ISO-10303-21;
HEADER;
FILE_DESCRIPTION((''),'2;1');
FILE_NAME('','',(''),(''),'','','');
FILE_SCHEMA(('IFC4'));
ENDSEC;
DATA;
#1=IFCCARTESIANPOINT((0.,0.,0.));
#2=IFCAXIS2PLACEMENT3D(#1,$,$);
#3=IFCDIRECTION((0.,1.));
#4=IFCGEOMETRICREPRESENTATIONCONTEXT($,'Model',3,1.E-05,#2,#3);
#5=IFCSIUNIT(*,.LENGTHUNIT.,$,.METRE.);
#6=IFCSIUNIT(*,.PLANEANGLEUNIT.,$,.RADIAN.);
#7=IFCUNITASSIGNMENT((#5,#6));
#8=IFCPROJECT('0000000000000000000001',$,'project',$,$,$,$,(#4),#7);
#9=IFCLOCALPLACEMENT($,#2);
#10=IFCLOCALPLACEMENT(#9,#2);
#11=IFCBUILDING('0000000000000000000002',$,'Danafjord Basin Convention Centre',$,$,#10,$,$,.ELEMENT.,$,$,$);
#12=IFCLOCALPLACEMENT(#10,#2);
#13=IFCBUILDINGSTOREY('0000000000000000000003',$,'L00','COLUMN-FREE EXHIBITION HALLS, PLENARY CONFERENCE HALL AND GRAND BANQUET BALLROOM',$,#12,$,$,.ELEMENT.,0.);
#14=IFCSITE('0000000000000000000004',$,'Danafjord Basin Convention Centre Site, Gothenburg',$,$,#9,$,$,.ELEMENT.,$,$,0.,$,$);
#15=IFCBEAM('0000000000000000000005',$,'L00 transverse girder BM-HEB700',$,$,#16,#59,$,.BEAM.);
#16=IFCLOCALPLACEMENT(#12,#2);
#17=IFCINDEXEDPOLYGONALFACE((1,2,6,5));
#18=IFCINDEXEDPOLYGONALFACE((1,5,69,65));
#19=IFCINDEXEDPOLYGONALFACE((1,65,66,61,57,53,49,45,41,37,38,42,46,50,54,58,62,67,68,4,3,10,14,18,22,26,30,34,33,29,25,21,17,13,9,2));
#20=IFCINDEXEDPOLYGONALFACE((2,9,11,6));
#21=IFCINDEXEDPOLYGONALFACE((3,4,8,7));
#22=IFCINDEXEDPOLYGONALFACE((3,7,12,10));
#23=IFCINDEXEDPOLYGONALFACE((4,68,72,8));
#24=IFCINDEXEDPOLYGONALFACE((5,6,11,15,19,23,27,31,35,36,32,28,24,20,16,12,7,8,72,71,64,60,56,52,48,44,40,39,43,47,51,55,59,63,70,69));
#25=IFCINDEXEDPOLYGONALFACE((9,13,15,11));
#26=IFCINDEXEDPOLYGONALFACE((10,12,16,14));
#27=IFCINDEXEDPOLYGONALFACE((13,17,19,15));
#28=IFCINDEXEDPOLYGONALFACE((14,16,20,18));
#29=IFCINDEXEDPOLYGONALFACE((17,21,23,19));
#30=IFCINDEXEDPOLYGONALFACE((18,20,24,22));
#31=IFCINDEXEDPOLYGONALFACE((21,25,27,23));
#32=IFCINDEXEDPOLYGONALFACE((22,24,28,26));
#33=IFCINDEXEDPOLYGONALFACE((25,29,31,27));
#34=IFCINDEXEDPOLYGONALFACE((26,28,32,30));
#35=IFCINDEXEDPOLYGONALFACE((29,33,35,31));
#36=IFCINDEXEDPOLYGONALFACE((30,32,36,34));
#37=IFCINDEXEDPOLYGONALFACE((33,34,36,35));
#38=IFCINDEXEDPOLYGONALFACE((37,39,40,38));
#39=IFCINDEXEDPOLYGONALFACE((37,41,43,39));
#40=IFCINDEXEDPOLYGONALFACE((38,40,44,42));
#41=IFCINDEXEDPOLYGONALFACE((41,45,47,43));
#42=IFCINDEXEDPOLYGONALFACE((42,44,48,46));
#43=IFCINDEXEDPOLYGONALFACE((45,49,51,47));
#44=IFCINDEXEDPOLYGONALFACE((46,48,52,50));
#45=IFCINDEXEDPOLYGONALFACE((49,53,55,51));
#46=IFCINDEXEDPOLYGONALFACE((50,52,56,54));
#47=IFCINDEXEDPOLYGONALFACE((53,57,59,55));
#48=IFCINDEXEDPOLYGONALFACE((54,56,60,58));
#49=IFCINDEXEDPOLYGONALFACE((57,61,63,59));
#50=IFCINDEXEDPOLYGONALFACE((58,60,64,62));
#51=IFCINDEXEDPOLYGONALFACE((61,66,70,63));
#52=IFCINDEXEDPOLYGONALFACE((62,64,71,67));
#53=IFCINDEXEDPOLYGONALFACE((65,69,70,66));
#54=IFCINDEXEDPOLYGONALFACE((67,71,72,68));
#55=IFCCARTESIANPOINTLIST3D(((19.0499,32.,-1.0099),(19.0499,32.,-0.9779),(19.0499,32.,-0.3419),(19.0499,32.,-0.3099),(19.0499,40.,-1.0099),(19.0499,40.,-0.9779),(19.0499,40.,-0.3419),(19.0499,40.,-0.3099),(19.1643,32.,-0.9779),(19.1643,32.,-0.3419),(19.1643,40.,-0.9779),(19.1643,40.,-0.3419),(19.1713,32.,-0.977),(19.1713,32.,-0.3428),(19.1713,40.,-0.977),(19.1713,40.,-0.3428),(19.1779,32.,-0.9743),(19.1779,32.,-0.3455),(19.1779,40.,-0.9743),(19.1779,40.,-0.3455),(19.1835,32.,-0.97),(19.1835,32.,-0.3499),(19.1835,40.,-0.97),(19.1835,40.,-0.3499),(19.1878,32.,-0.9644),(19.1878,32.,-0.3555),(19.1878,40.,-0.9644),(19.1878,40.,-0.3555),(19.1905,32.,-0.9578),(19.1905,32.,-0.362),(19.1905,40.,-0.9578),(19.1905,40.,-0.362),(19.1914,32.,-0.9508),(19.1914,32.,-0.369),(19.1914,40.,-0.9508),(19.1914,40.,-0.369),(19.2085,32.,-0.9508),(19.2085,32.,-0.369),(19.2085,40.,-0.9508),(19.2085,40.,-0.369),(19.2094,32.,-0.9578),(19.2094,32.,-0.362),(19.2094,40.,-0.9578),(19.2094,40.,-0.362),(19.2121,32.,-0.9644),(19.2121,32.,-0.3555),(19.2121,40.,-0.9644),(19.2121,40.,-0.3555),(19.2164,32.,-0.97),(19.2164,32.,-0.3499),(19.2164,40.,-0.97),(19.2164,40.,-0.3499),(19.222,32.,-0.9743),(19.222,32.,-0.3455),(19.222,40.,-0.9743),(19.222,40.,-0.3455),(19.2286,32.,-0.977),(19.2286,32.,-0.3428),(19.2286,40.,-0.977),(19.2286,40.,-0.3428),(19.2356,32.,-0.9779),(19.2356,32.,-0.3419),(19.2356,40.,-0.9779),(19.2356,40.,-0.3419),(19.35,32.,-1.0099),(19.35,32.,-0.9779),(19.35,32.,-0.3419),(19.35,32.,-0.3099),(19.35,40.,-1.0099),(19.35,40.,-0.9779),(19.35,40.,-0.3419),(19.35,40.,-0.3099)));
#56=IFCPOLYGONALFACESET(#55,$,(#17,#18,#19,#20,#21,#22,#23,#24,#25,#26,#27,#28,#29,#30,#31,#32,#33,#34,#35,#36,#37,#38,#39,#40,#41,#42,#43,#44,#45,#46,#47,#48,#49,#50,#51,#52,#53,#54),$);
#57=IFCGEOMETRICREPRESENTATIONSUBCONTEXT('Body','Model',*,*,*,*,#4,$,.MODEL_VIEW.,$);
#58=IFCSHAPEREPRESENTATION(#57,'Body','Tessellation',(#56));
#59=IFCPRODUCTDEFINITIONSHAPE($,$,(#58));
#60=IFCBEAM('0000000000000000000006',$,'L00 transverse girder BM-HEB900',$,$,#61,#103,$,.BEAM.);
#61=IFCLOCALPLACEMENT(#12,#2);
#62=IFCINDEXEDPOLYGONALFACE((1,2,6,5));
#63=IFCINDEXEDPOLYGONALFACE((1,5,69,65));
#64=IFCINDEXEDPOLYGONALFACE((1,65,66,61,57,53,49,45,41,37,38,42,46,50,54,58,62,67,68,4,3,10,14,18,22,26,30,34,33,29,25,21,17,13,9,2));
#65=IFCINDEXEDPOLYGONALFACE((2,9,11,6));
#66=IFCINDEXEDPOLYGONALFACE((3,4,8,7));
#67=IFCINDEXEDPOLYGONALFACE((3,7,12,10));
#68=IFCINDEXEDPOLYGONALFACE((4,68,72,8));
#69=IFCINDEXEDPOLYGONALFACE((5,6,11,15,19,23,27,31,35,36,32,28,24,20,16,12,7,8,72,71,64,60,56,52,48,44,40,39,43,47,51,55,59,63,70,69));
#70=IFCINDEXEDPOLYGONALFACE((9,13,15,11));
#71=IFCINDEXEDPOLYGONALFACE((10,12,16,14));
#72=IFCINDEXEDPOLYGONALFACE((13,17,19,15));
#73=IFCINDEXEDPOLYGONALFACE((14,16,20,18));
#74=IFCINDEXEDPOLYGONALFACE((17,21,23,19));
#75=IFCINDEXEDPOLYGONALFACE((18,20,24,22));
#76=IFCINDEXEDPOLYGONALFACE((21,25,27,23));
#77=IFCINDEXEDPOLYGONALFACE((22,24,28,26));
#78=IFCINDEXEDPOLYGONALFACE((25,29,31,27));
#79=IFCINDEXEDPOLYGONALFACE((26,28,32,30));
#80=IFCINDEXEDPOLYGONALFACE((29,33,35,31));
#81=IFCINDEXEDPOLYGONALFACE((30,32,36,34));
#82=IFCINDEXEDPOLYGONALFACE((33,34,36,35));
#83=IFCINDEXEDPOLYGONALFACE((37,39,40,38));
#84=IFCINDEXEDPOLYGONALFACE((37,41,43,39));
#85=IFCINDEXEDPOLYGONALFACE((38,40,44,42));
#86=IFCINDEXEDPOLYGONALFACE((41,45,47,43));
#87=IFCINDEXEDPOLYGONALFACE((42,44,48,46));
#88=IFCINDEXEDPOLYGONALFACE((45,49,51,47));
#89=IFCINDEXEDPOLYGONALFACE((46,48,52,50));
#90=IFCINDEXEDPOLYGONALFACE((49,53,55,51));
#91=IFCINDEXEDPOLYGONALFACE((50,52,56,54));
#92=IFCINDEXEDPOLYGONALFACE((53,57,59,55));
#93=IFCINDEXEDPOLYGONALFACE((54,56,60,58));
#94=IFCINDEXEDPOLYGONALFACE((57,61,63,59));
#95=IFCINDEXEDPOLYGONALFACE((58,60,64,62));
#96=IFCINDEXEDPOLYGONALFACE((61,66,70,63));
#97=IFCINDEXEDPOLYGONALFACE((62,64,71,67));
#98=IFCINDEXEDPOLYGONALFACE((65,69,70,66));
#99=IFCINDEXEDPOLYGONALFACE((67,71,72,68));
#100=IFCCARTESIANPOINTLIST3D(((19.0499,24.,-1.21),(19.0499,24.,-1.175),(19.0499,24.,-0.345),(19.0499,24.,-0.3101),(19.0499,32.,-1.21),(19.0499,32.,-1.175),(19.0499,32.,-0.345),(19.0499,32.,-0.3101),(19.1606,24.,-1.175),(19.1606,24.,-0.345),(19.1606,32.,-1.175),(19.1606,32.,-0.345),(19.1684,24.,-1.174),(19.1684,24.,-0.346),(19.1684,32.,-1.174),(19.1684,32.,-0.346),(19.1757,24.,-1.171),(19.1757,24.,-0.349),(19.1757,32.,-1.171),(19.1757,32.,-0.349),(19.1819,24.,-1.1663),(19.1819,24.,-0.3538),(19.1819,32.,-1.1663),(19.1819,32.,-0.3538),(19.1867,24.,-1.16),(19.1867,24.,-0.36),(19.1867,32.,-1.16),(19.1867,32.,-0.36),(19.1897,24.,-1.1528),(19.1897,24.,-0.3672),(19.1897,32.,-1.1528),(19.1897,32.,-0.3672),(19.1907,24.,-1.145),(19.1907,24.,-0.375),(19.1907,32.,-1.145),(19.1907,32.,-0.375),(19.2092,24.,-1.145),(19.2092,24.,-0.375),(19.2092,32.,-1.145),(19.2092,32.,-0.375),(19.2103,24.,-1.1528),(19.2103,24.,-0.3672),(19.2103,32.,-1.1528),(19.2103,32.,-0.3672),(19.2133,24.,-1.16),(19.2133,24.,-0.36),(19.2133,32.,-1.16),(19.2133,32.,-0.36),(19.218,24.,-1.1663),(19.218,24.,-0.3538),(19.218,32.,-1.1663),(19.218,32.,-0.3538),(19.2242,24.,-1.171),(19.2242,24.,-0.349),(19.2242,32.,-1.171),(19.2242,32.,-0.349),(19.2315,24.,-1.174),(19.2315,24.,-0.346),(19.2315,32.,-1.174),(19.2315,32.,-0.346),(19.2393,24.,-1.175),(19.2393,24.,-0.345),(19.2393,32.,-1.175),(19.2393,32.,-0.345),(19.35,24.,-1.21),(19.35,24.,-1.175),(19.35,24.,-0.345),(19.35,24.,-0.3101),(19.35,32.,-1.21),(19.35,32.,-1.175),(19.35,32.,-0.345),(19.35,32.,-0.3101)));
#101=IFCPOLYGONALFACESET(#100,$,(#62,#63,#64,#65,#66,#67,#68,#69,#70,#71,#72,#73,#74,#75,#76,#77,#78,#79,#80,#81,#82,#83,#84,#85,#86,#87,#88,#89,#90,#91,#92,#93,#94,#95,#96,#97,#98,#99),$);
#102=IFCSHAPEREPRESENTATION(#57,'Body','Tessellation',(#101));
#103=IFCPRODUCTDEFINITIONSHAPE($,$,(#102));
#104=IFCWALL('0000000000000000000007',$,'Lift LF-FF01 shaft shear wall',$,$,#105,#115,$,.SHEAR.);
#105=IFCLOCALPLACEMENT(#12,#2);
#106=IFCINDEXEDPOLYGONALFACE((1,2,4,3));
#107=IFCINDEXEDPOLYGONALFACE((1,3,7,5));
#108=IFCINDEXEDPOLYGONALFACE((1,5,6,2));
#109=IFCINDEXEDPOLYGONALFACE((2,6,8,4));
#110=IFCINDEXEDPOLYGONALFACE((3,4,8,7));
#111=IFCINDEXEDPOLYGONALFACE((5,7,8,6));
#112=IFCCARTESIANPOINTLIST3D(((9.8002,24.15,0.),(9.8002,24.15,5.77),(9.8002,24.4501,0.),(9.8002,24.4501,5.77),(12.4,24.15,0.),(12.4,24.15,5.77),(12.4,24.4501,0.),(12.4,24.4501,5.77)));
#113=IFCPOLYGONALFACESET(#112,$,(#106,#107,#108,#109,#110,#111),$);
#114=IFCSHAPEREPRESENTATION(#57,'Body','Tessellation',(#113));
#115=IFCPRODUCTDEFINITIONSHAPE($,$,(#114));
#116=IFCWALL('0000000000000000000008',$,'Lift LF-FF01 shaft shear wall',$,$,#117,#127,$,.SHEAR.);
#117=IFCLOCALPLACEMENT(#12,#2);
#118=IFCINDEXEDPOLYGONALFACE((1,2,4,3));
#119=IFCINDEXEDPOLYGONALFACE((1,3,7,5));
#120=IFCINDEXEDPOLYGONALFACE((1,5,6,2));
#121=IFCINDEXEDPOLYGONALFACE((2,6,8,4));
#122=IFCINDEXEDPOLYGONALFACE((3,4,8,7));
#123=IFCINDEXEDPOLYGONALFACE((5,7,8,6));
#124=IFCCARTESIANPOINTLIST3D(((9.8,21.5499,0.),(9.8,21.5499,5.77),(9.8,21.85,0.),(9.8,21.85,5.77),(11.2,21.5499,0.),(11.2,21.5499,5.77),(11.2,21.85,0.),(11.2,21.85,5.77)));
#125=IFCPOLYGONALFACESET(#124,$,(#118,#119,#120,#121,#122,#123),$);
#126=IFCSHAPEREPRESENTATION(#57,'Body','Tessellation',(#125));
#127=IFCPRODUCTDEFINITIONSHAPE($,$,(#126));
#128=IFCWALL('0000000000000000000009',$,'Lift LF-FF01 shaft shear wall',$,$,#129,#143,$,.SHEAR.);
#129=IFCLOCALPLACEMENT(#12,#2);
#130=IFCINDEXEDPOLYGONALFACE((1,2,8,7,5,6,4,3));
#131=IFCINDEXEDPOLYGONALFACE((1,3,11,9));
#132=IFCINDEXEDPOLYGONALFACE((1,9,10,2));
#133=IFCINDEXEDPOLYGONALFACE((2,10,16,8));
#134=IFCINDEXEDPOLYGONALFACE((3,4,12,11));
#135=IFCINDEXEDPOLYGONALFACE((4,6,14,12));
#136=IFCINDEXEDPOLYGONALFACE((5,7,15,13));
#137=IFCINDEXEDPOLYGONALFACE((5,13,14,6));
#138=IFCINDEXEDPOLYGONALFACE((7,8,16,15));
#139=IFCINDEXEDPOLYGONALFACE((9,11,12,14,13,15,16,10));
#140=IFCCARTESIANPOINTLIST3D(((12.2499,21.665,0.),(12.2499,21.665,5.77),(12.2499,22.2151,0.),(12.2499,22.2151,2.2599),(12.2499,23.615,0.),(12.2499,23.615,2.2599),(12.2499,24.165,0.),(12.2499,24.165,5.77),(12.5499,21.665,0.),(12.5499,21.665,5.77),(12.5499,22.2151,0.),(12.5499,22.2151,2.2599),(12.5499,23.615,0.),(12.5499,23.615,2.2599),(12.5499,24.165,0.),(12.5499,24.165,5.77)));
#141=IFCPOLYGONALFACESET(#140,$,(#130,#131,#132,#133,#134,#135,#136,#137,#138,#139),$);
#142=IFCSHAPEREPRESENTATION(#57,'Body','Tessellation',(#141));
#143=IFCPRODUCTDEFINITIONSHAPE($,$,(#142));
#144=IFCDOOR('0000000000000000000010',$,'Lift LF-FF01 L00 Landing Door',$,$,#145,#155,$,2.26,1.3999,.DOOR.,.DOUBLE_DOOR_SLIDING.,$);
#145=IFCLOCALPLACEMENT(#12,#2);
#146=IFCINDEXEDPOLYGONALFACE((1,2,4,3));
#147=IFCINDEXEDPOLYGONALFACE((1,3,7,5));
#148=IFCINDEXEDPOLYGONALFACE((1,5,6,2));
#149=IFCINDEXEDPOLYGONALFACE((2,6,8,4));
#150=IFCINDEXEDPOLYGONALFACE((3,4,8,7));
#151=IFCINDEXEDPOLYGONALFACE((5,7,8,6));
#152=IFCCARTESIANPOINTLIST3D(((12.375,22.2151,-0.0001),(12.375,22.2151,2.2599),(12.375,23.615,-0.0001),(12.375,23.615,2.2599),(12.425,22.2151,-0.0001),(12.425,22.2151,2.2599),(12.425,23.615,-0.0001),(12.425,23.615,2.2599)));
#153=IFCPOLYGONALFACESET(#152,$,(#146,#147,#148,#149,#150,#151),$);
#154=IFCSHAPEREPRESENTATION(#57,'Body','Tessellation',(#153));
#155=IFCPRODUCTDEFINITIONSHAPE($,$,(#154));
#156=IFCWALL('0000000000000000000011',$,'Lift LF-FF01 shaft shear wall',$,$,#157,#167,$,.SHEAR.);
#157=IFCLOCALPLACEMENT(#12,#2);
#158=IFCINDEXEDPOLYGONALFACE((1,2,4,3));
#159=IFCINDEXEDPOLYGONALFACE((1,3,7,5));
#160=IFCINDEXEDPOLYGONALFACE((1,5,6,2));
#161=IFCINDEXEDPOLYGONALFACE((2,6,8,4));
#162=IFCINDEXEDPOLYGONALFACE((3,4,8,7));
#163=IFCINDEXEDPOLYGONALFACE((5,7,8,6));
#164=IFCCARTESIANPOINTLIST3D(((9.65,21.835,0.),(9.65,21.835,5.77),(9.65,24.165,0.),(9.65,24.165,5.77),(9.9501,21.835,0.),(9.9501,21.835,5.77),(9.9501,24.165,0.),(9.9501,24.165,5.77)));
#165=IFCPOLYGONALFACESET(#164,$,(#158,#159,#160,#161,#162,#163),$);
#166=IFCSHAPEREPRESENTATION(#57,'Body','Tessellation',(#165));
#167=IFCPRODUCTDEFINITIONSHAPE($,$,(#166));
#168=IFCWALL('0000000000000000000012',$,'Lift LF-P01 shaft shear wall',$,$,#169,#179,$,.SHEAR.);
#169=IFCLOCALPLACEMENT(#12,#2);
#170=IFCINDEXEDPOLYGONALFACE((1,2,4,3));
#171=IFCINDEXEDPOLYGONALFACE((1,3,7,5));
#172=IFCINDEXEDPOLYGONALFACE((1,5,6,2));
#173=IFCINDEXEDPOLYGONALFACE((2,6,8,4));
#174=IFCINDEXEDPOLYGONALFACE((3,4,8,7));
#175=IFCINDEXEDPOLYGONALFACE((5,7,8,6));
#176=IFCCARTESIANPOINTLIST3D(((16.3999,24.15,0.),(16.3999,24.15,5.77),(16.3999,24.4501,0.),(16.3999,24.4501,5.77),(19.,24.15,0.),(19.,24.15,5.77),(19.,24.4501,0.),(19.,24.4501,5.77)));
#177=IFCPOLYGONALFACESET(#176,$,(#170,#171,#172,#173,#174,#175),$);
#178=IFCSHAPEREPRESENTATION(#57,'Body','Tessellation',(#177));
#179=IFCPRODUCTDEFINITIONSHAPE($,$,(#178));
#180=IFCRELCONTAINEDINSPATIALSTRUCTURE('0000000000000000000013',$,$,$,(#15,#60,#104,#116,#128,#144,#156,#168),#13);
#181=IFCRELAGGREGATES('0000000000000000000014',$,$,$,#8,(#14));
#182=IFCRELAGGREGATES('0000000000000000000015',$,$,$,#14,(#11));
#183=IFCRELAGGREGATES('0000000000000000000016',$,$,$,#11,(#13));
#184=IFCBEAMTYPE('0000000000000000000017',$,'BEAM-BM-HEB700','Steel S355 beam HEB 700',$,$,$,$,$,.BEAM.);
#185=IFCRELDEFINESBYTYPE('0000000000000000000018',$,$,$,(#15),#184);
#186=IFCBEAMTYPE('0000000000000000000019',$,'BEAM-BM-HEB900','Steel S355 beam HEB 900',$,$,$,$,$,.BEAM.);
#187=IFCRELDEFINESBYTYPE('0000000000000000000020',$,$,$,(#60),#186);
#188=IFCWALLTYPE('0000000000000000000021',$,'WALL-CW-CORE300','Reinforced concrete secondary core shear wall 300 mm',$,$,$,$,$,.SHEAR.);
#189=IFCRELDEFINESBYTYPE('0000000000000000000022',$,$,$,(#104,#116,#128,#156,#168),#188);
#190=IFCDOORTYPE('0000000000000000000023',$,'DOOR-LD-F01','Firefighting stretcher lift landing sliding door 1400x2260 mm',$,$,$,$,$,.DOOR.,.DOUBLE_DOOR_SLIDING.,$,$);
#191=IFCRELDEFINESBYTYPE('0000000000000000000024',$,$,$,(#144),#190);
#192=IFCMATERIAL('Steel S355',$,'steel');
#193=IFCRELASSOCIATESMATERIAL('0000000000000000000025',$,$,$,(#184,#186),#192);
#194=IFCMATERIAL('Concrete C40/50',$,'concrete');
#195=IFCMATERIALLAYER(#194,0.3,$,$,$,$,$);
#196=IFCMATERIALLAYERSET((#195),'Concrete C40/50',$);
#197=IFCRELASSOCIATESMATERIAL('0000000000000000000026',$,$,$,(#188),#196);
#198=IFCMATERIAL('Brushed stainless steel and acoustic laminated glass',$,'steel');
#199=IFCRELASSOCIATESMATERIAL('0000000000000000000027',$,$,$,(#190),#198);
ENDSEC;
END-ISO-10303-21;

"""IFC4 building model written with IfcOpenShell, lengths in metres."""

from ifc_helpers import new_model, si_unit, direction, frame, frame_2d, origin, origin_2d, place, context, subcontext, project, spatial, rectangle, i_section, extrude, material, layer, layer_set, material_profile, profile_set, type_object, element, fill, save


model = new_model("IFC4")

# Units and contexts
model_context = context("Model", 3, precision=1e-05, world=origin(), true_north=direction((0.0, 1.0)))
body_context = subcontext(model_context, "Body", "Model", "MODEL_VIEW")
ifc_project = project(units=[si_unit("LENGTHUNIT", "METRE"), si_unit("PLANEANGLEUNIT", "RADIAN")], contexts=[model_context])

# Site, building, storey
site_placement = place(None, origin())
site = spatial("IfcSite", under=ifc_project, at=site_placement, Name="Danafjord Basin Convention Centre Site, Gothenburg", CompositionType="ELEMENT", RefElevation=0.0)
building_placement = place(site_placement, origin())
building = spatial("IfcBuilding", under=site, at=building_placement, Name="Danafjord Basin Convention Centre", CompositionType="ELEMENT")
storey_placement = place(building_placement, origin())
storey = spatial("IfcBuildingStorey", under=building, at=storey_placement, Name="L00", Description="COLUMN-FREE EXHIBITION HALLS, PLENARY CONFERENCE HALL AND GRAND BANQUET BALLROOM", CompositionType="ELEMENT", Elevation=0.0)

# Shared definitions
ifc_material_1 = material(Name="Steel S355", Category="steel")

# Beams
ifc_material_profile_1 = material_profile(ifc_material_1, i_section(OverallWidth=0.3, OverallDepth=0.7, WebThickness=0.0171, FlangeThickness=0.032, FilletRadius=0.0271, at=origin_2d()), Name="HEB 700")
ifc_profile_set_1 = profile_set([ifc_material_profile_1], Name="Steel S355")
beam_type_1 = type_object("IfcBeamType", Name="BEAM-BM-HEB700", Description="Steel S355 beam HEB 700", PredefinedType="BEAM", material=ifc_profile_set_1)
for number, where, z_axis, x_axis, name in (
    (1, (19.2, 32.0, -0.6599), (0.0, 1.0, 0.0), (-1.0, 0.0, 0.0), "L00 transverse girder BM-HEB700"),
):
    element("IfcBeam", number, at=place(storey_placement, frame(where, z_axis=z_axis, x_axis=x_axis)), inside=storey, type_object=beam_type_1, Name=name, PredefinedType="BEAM", context=body_context, shape_type="SweptSolid", body=[
        extrude(i_section(OverallWidth=0.3, OverallDepth=0.7, WebThickness=0.0171, FlangeThickness=0.032, FilletRadius=0.0271, at=origin_2d()), origin(), (0.0, 0.0, 1.0), 8.0),
    ])
ifc_material_profile_2 = material_profile(ifc_material_1, i_section(OverallWidth=0.3, OverallDepth=0.8999, WebThickness=0.0186, FlangeThickness=0.0349, FilletRadius=0.03, at=origin_2d()), Name="HEB 900")
ifc_profile_set_2 = profile_set([ifc_material_profile_2], Name="Steel S355")
beam_type_2 = type_object("IfcBeamType", Name="BEAM-BM-HEB900", Description="Steel S355 beam HEB 900", PredefinedType="BEAM", material=ifc_profile_set_2)
beam_1_placement = place(storey_placement, frame((19.2, 24.0, -0.76), z_axis=(0.0, 1.0, 0.0), x_axis=(-1.0, 0.0, 0.0)))
element("IfcBeam", 2, at=beam_1_placement, inside=storey, type_object=beam_type_2, Name="L00 transverse girder BM-HEB900", PredefinedType="BEAM", context=body_context, shape_type="SweptSolid", body=[
    extrude(i_section(OverallWidth=0.3, OverallDepth=0.8999, WebThickness=0.0186, FlangeThickness=0.0349, FilletRadius=0.03, at=origin_2d()), origin(), (0.0, 0.0, 1.0), 8.0),
])

# Walls
ifc_material_2 = material(Name="Concrete C40/50", Category="concrete")
ifc_layer_1 = layer(ifc_material_2, 0.3)
ifc_layer_set_1 = layer_set([ifc_layer_1], Name="Concrete C40/50")
wall_type_1 = type_object("IfcWallType", Name="WALL-CW-CORE300", Description="Reinforced concrete secondary core shear wall 300 mm", PredefinedType="SHEAR", material=ifc_layer_set_1)
wall_1_placement = place(storey_placement, frame((12.3999, 24.3, 0.0), z_axis=(0.0, 0.0, 1.0), x_axis=(-1.0, 0.0, 0.0)))
element("IfcWall", 3, at=wall_1_placement, inside=storey, type_object=wall_type_1, Name="Lift LF-FF01 shaft shear wall", PredefinedType="SHEAR", context=body_context, shape_type="SweptSolid", body=[
    extrude(rectangle(XDim=2.5999, YDim=0.3, at=frame_2d((1.2998, 0.0))), origin(), (0.0, 0.0, 1.0), 5.77),
])
wall_2_placement = place(storey_placement, frame((9.8, 21.7, 0.0), z_axis=(0.0, 0.0, 1.0), x_axis=(1.0, 0.0, 0.0)))
element("IfcWall", 4, at=wall_2_placement, inside=storey, type_object=wall_type_1, Name="Lift LF-FF01 shaft shear wall", PredefinedType="SHEAR", context=body_context, shape_type="SweptSolid", body=[
    extrude(rectangle(XDim=1.3999, YDim=0.3, at=frame_2d((0.7, 0.0))), origin(), (0.0, 0.0, 1.0), 5.77),
])

# Wall, opening, door
wall_3_placement = place(storey_placement, frame((12.3999, 21.665, 0.0), z_axis=(0.0, 0.0, 1.0), x_axis=(0.0, 1.0, 0.0)))
wall_3 = element("IfcWall", 5, at=wall_3_placement, inside=storey, type_object=wall_type_1, Name="Lift LF-FF01 shaft shear wall", PredefinedType="SHEAR", context=body_context, shape_type="SweptSolid", body=[
    extrude(rectangle(XDim=2.5, YDim=0.3, at=frame_2d((1.25, 0.0))), origin(), (0.0, 0.0, 1.0), 5.77),
])
opening_1_placement = place(wall_3_placement, frame((0.55, 0.0, 0.0)))
opening_1 = element("IfcOpeningElement", 6, at=opening_1_placement, cuts=wall_3, PredefinedType="OPENING", context=body_context, shape_type="SweptSolid", body=[
    extrude(rectangle(XDim=1.3999, YDim=2.26, at=frame_2d((0.7, 1.1299))), frame((0.0, 0.1599, 0.0), z_axis=(0.0, -1.0, 0.0), x_axis=(1.0, 0.0, 0.0)), (0.0, 0.0, 1.0), 0.3201),
])
ifc_material_3 = material(Name="Brushed stainless steel and acoustic laminated glass", Category="steel")
door_type_1 = type_object("IfcDoorType", Name="DOOR-LD-F01", Description="Firefighting stretcher lift landing sliding door 1400x2260 mm", OperationType="DOUBLE_DOOR_SLIDING", PredefinedType="DOOR", material=ifc_material_3)
door_1_placement = place(opening_1_placement, origin())
door_1 = element("IfcDoor", 7, at=door_1_placement, inside=storey, type_object=door_type_1, Name="Lift LF-FF01 L00 Landing Door", OperationType="DOUBLE_DOOR_SLIDING", OverallHeight=2.26, OverallWidth=1.3999, PredefinedType="DOOR", context=body_context, shape_type="SweptSolid", body=[
    extrude(rectangle(XDim=1.3999, YDim=2.26, at=frame_2d((0.7, 1.1299))), frame((0.0, 0.0249, 0.0), z_axis=(0.0, -1.0, 0.0), x_axis=(1.0, 0.0, 0.0)), (0.0, 0.0, 1.0), 0.05),
])
fill(opening_1, door_1)

# Walls
wall_4_placement = place(storey_placement, frame((9.8, 24.165, 0.0), z_axis=(0.0, 0.0, 1.0), x_axis=(0.0, -1.0, 0.0)))
element("IfcWall", 8, at=wall_4_placement, inside=storey, type_object=wall_type_1, Name="Lift LF-FF01 shaft shear wall", PredefinedType="SHEAR", context=body_context, shape_type="SweptSolid", body=[
    extrude(rectangle(XDim=2.3301, YDim=0.3, at=frame_2d((1.165, 0.0))), origin(), (0.0, 0.0, 1.0), 5.77),
])
wall_5_placement = place(storey_placement, frame((19.0, 24.3, 0.0), z_axis=(0.0, 0.0, 1.0), x_axis=(-1.0, 0.0, 0.0)))
element("IfcWall", 9, at=wall_5_placement, inside=storey, type_object=wall_type_1, Name="Lift LF-P01 shaft shear wall", PredefinedType="SHEAR", context=body_context, shape_type="SweptSolid", body=[
    extrude(rectangle(XDim=2.6001, YDim=0.3, at=frame_2d((1.3, 0.0))), origin(), (0.0, 0.0, 1.0), 5.77),
])

save(model, "model.ifc")
